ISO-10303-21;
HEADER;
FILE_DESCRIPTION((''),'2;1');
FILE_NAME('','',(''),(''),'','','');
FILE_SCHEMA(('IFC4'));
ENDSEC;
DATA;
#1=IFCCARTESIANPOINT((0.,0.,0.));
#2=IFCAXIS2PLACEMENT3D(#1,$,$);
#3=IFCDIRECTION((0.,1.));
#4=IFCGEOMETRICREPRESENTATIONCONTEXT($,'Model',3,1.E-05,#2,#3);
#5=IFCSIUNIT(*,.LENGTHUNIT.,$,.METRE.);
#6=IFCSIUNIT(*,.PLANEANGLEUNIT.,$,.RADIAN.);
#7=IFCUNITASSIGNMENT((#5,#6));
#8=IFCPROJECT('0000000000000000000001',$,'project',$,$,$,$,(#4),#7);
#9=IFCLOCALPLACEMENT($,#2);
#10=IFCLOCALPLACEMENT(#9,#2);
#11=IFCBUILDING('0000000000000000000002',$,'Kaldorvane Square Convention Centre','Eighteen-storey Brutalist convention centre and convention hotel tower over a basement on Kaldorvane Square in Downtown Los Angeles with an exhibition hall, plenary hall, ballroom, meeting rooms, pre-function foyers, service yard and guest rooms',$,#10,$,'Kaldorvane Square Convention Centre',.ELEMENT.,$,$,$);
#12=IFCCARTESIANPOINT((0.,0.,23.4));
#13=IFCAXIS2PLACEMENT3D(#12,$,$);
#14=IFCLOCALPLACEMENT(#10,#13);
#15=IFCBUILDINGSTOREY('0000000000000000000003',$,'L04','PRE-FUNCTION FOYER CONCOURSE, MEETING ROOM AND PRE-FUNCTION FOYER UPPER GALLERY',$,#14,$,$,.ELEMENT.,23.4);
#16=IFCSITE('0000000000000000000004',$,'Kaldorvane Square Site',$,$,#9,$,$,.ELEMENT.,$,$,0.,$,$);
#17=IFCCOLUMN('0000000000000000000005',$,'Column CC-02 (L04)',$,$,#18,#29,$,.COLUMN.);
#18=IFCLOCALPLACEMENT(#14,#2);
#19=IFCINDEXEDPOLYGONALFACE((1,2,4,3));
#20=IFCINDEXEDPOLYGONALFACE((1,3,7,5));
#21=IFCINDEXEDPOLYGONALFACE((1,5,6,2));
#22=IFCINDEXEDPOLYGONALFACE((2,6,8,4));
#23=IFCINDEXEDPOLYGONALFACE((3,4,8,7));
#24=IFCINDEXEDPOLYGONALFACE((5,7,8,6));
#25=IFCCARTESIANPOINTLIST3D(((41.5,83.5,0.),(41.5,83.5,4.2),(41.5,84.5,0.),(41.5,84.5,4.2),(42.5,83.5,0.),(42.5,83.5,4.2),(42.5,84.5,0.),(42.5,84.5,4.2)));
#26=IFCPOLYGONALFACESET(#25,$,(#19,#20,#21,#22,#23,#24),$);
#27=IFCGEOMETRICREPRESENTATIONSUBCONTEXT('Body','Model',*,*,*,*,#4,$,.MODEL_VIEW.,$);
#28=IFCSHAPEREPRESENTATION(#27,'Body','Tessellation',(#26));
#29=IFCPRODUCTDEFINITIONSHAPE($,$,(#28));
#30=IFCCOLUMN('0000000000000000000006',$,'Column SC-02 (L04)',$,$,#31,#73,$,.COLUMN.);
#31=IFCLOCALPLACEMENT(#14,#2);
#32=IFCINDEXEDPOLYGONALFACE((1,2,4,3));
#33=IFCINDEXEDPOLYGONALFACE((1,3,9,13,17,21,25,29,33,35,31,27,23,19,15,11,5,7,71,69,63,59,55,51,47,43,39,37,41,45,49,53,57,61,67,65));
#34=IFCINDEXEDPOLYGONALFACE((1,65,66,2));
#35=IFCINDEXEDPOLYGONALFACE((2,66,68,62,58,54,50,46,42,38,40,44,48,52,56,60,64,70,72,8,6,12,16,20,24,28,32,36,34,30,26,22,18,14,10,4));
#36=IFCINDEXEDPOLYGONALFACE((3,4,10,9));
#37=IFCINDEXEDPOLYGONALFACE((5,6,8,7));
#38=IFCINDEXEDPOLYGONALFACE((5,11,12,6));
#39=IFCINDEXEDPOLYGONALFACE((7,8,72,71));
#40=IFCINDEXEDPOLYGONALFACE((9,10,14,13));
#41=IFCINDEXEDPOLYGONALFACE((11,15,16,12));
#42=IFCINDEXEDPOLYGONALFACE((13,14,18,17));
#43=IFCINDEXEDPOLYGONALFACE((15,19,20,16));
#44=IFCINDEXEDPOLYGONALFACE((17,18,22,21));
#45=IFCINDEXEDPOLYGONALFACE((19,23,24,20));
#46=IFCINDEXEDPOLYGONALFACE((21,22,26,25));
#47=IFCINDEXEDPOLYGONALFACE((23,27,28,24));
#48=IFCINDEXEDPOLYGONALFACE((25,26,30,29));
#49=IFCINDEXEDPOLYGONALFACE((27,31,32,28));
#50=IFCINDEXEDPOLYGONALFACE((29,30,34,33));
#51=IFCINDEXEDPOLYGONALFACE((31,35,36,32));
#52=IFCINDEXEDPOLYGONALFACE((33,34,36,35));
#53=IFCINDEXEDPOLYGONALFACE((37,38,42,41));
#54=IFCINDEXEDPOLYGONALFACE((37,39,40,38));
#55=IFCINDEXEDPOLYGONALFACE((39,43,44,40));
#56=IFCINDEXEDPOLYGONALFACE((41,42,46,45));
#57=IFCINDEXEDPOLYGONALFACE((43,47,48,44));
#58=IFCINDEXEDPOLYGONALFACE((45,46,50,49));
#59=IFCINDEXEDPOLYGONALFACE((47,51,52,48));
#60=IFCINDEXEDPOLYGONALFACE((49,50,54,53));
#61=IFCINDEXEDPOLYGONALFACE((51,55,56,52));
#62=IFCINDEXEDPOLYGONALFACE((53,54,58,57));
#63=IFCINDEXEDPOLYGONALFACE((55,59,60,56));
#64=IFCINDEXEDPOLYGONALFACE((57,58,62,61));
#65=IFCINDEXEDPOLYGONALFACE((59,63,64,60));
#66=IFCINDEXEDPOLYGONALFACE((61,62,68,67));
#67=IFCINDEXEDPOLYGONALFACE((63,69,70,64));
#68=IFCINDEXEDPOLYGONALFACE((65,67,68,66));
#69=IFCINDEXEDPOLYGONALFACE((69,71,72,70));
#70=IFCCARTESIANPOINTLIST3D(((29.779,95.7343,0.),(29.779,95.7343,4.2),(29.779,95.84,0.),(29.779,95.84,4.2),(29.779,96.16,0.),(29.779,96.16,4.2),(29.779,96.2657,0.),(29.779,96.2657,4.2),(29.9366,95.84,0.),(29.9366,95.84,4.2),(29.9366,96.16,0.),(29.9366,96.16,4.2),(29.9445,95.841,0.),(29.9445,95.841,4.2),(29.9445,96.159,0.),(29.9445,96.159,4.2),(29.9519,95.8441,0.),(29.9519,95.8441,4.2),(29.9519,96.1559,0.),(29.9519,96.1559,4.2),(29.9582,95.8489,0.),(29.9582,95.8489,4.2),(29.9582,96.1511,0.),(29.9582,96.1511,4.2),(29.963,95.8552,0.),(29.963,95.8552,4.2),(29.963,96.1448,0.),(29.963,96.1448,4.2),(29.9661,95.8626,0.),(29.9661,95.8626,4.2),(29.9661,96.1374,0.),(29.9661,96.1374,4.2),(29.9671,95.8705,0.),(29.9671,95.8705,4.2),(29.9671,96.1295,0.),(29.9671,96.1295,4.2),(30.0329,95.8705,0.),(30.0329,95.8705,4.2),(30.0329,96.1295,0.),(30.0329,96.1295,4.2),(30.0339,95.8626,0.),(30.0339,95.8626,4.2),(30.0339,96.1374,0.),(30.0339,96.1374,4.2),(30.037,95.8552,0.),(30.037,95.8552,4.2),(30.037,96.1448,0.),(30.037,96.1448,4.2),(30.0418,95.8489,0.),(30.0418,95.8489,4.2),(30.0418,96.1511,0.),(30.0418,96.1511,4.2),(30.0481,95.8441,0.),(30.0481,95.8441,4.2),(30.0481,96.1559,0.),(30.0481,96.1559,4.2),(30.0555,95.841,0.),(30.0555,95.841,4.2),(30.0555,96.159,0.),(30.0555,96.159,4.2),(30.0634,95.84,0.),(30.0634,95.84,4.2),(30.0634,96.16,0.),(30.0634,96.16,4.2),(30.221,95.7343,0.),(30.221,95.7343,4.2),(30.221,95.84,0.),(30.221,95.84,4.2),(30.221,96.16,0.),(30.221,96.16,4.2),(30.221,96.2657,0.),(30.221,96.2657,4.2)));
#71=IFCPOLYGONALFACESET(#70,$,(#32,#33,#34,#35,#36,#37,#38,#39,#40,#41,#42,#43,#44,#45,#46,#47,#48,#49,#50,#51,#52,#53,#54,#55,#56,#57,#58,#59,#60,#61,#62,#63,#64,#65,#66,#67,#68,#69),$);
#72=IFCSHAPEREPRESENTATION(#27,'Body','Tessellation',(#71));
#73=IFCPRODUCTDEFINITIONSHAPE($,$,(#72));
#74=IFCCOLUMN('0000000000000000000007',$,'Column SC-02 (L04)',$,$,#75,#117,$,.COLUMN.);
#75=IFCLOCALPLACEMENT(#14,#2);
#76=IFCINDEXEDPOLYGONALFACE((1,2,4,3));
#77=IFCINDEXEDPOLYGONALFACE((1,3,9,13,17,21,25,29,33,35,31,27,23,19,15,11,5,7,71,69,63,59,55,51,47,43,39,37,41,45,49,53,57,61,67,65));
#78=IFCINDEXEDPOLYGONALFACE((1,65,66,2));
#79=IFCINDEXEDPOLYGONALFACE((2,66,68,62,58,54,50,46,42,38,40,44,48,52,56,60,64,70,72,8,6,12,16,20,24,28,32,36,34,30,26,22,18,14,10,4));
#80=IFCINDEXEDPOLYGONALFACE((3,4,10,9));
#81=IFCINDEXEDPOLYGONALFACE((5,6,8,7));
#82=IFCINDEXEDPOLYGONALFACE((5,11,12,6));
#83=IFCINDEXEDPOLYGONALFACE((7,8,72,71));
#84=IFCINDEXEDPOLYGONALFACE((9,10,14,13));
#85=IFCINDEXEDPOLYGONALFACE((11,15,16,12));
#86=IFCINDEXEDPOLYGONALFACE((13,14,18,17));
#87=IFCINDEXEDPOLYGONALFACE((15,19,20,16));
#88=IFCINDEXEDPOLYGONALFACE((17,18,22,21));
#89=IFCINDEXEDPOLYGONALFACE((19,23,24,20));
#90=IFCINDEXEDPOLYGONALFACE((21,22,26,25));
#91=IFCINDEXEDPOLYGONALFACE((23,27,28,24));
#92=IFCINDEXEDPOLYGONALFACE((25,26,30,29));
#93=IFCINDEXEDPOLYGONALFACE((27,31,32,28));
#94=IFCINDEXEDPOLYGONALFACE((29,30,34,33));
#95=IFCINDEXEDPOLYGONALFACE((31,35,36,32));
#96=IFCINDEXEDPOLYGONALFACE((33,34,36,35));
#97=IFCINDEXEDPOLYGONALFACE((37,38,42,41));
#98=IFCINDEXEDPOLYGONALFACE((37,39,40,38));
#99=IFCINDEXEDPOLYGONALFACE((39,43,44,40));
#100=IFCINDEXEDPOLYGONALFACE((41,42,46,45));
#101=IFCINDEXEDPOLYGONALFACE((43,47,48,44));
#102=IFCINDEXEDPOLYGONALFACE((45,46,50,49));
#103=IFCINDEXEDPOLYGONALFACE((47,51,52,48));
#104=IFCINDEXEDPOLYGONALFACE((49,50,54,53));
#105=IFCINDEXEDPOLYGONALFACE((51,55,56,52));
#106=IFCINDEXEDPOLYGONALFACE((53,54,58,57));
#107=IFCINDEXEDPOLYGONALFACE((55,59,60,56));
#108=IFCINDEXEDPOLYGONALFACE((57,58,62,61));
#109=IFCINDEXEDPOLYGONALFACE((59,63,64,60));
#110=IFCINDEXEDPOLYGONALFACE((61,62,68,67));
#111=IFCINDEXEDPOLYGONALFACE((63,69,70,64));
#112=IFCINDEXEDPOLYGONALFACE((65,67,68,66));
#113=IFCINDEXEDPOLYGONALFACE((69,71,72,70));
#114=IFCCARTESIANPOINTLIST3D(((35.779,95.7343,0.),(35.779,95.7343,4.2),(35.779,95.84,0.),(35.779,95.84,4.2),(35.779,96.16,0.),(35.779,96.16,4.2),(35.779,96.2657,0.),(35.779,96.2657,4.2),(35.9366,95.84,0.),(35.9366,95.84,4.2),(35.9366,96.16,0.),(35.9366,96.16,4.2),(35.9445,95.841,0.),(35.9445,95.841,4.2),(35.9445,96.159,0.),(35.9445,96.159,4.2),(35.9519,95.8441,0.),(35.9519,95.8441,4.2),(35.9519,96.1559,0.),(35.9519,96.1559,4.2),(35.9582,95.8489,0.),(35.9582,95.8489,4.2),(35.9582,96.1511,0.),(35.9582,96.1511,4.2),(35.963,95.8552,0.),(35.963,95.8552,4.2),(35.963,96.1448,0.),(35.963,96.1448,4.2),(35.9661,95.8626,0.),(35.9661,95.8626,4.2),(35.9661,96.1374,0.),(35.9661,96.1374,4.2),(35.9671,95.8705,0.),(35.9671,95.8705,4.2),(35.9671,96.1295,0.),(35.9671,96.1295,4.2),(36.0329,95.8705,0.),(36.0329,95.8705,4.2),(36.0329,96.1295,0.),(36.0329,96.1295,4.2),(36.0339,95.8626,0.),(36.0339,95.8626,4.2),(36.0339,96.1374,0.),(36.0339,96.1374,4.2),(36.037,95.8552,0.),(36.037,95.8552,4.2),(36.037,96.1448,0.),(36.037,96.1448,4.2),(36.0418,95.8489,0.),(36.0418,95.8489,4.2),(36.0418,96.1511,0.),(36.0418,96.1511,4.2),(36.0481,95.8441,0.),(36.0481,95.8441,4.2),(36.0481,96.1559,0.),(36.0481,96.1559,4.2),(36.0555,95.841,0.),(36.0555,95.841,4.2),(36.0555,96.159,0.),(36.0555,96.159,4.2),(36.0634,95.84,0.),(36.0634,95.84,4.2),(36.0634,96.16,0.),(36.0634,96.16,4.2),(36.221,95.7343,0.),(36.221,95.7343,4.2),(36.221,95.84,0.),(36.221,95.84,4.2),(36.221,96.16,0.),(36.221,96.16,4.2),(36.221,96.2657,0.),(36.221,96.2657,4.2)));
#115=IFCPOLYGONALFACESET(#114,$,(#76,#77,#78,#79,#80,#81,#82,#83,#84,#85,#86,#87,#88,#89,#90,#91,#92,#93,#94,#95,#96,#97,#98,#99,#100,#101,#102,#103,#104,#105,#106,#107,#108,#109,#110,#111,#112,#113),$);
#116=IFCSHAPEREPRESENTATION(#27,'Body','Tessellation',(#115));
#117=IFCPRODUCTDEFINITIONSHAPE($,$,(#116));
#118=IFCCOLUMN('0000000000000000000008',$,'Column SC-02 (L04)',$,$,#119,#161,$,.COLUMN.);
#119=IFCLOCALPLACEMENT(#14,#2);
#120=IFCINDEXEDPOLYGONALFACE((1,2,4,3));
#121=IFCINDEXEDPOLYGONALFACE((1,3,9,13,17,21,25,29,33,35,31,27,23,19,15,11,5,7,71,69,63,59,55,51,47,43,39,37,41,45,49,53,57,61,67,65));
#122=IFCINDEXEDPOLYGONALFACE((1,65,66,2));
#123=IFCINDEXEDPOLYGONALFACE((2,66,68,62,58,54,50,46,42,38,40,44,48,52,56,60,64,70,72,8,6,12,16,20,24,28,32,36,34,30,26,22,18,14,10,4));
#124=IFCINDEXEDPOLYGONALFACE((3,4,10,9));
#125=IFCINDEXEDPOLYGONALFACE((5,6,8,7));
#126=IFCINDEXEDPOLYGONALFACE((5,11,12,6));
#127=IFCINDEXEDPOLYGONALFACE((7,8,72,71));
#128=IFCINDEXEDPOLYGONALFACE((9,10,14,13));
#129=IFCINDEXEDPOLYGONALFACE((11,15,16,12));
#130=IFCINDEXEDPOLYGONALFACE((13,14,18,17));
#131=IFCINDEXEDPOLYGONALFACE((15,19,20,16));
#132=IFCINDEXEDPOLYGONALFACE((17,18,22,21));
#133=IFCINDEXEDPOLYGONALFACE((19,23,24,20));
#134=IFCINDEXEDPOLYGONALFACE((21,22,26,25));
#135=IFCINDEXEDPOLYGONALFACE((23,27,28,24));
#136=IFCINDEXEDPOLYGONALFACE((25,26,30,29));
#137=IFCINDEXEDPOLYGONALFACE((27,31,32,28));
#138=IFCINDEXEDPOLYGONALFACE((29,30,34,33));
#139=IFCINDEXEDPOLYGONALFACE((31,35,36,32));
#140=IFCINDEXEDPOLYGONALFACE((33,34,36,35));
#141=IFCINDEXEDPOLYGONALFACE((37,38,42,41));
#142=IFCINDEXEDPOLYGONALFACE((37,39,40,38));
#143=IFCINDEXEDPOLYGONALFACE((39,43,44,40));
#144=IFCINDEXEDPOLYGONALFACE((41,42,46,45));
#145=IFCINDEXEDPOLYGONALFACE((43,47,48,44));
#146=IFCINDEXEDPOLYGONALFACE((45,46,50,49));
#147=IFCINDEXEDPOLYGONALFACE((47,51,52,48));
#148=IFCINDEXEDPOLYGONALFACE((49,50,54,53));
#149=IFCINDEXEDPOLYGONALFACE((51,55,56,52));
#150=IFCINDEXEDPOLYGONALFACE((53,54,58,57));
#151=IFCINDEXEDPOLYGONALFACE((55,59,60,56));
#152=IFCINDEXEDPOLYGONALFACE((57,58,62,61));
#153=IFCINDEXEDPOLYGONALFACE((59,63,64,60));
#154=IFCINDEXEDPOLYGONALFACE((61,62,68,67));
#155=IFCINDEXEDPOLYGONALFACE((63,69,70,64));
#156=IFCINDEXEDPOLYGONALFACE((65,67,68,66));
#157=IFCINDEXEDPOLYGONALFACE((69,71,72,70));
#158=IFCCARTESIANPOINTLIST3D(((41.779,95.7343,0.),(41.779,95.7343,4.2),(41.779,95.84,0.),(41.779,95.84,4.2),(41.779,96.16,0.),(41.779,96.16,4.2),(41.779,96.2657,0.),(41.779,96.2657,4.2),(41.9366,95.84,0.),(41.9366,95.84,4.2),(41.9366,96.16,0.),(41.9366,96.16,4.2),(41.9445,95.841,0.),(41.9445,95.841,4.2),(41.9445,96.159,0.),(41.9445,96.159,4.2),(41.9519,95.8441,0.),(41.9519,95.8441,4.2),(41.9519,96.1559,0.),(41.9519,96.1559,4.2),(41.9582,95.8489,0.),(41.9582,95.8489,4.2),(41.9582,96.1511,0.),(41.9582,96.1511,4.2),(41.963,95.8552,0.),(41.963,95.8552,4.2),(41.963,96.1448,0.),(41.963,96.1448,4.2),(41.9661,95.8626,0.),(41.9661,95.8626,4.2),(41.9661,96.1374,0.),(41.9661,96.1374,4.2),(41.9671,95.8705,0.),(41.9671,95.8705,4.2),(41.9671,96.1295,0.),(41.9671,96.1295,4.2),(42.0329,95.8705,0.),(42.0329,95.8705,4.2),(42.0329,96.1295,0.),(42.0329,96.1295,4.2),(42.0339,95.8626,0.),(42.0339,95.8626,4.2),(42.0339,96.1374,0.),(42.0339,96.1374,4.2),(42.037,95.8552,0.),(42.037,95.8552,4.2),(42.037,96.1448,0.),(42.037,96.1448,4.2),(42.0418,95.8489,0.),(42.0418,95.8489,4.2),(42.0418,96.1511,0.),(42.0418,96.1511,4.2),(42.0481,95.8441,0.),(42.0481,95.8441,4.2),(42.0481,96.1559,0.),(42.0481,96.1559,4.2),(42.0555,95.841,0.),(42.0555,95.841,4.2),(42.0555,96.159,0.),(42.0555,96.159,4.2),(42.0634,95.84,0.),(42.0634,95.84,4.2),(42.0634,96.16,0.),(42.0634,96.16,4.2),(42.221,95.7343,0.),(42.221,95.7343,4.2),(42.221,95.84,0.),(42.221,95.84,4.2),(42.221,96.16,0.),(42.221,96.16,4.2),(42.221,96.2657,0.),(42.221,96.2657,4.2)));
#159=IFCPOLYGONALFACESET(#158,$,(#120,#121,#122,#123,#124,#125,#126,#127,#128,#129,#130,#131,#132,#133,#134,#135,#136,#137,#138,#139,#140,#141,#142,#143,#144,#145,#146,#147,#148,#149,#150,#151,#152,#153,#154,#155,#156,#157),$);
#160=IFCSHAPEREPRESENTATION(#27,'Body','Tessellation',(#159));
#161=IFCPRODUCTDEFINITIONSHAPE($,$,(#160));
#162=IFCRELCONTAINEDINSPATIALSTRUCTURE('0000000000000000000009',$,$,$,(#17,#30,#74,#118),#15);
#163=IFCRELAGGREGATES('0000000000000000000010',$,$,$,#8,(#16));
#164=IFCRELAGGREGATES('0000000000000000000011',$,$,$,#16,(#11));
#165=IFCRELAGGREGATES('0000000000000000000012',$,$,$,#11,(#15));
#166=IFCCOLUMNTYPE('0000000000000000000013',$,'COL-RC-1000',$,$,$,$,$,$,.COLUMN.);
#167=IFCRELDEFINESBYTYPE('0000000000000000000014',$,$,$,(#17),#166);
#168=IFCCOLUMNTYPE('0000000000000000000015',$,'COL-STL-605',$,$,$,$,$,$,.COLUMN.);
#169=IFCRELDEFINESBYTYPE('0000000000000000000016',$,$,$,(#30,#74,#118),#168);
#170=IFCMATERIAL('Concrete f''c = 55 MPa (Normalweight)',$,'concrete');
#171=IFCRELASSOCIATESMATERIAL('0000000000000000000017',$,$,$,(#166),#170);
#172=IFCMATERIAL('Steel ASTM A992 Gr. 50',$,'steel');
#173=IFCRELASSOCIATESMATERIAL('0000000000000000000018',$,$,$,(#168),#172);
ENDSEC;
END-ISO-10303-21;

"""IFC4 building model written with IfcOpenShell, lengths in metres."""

from ifc_helpers import new_model, si_unit, direction, frame, origin, origin_2d, place, context, subcontext, project, spatial, rectangle, i_section, extrude, material, material_profile, profile_set, type_object, element, save


model = new_model("IFC4")

# Units and contexts
model_context = context("Model", 3, precision=1e-05, world=origin(), true_north=direction((0.0, 1.0)))
body_context = subcontext(model_context, "Body", "Model", "MODEL_VIEW")
ifc_project = project(units=[si_unit("LENGTHUNIT", "METRE"), si_unit("PLANEANGLEUNIT", "RADIAN")], contexts=[model_context])

# Site, building, storey
site_placement = place(None, origin())
site = spatial("IfcSite", under=ifc_project, at=site_placement, Name="Kaldorvane Square Site", CompositionType="ELEMENT", RefElevation=0.0)
building_placement = place(site_placement, origin())
building = spatial("IfcBuilding", under=site, at=building_placement, Name="Kaldorvane Square Convention Centre", Description="Eighteen-storey Brutalist convention centre and convention hotel tower over a basement on Kaldorvane Square in Downtown Los Angeles with an exhibition hall, plenary hall, ballroom, meeting rooms, pre-function foyers, service yard and guest rooms", LongName="Kaldorvane Square Convention Centre", CompositionType="ELEMENT")
storey_placement = place(building_placement, frame((0.0, 0.0, 23.4)))
storey = spatial("IfcBuildingStorey", under=building, at=storey_placement, Name="L04", Description="PRE-FUNCTION FOYER CONCOURSE, MEETING ROOM AND PRE-FUNCTION FOYER UPPER GALLERY", CompositionType="ELEMENT", Elevation=23.4)

# Columns
ifc_material_1 = material(Name="Concrete f'c = 55 MPa (Normalweight)", Category="concrete")
ifc_material_profile_1 = material_profile(ifc_material_1, rectangle(XDim=1.0, YDim=1.0, at=origin_2d()), Name="RC1000X1000")
ifc_profile_set_1 = profile_set([ifc_material_profile_1], Name="Concrete f'c = 55 MPa (Normalweight)")
column_type_1 = type_object("IfcColumnType", Name="COL-RC-1000", PredefinedType="COLUMN", material=ifc_profile_set_1)
column_placement = place(storey_placement, frame((42.0, 84.0, 0.0), z_axis=(0.0, 0.0, 1.0), x_axis=(1.0, 0.0, 0.0)))
element("IfcColumn", 1, at=column_placement, inside=storey, type_object=column_type_1, Name="Column CC-02 (L04)", PredefinedType="COLUMN", context=body_context, shape_type="SweptSolid", body=[
    extrude(rectangle(XDim=1.0, YDim=1.0, at=origin_2d()), origin(), (0.0, 0.0, 1.0), 4.2),
])
ifc_material_2 = material(Name="Steel ASTM A992 Gr. 50", Category="steel")
ifc_material_profile_2 = material_profile(ifc_material_2, i_section(OverallWidth=0.442, OverallDepth=0.5314, WebThickness=0.0658, FlangeThickness=0.1057, FilletRadius=0.0305, at=origin_2d()), Name="W14X605")
ifc_profile_set_2 = profile_set([ifc_material_profile_2], Name="Steel ASTM A992 Gr. 50")
column_type_2 = type_object("IfcColumnType", Name="COL-STL-605", PredefinedType="COLUMN", material=ifc_profile_set_2)
for number, where, z_axis, x_axis, name in (
    (2, (30.0, 96.0, 0.0), (0.0, 0.0, 1.0), (1.0, 0.0, 0.0), "Column SC-02 (L04)"),
    (3, (36.0, 96.0, 0.0), (0.0, 0.0, 1.0), (1.0, 0.0, 0.0), "Column SC-02 (L04)"),
    (4, (42.0, 96.0, 0.0), (0.0, 0.0, 1.0), (1.0, 0.0, 0.0), "Column SC-02 (L04)"),
):
    element("IfcColumn", number, at=place(storey_placement, frame(where, z_axis=z_axis, x_axis=x_axis)), inside=storey, type_object=column_type_2, Name=name, PredefinedType="COLUMN", context=body_context, shape_type="SweptSolid", body=[
        extrude(i_section(OverallWidth=0.442, OverallDepth=0.5314, WebThickness=0.0658, FlangeThickness=0.1057, FilletRadius=0.0305, at=origin_2d()), origin(), (0.0, 0.0, 1.0), 4.2),
    ])

save(model, "model.ifc")
